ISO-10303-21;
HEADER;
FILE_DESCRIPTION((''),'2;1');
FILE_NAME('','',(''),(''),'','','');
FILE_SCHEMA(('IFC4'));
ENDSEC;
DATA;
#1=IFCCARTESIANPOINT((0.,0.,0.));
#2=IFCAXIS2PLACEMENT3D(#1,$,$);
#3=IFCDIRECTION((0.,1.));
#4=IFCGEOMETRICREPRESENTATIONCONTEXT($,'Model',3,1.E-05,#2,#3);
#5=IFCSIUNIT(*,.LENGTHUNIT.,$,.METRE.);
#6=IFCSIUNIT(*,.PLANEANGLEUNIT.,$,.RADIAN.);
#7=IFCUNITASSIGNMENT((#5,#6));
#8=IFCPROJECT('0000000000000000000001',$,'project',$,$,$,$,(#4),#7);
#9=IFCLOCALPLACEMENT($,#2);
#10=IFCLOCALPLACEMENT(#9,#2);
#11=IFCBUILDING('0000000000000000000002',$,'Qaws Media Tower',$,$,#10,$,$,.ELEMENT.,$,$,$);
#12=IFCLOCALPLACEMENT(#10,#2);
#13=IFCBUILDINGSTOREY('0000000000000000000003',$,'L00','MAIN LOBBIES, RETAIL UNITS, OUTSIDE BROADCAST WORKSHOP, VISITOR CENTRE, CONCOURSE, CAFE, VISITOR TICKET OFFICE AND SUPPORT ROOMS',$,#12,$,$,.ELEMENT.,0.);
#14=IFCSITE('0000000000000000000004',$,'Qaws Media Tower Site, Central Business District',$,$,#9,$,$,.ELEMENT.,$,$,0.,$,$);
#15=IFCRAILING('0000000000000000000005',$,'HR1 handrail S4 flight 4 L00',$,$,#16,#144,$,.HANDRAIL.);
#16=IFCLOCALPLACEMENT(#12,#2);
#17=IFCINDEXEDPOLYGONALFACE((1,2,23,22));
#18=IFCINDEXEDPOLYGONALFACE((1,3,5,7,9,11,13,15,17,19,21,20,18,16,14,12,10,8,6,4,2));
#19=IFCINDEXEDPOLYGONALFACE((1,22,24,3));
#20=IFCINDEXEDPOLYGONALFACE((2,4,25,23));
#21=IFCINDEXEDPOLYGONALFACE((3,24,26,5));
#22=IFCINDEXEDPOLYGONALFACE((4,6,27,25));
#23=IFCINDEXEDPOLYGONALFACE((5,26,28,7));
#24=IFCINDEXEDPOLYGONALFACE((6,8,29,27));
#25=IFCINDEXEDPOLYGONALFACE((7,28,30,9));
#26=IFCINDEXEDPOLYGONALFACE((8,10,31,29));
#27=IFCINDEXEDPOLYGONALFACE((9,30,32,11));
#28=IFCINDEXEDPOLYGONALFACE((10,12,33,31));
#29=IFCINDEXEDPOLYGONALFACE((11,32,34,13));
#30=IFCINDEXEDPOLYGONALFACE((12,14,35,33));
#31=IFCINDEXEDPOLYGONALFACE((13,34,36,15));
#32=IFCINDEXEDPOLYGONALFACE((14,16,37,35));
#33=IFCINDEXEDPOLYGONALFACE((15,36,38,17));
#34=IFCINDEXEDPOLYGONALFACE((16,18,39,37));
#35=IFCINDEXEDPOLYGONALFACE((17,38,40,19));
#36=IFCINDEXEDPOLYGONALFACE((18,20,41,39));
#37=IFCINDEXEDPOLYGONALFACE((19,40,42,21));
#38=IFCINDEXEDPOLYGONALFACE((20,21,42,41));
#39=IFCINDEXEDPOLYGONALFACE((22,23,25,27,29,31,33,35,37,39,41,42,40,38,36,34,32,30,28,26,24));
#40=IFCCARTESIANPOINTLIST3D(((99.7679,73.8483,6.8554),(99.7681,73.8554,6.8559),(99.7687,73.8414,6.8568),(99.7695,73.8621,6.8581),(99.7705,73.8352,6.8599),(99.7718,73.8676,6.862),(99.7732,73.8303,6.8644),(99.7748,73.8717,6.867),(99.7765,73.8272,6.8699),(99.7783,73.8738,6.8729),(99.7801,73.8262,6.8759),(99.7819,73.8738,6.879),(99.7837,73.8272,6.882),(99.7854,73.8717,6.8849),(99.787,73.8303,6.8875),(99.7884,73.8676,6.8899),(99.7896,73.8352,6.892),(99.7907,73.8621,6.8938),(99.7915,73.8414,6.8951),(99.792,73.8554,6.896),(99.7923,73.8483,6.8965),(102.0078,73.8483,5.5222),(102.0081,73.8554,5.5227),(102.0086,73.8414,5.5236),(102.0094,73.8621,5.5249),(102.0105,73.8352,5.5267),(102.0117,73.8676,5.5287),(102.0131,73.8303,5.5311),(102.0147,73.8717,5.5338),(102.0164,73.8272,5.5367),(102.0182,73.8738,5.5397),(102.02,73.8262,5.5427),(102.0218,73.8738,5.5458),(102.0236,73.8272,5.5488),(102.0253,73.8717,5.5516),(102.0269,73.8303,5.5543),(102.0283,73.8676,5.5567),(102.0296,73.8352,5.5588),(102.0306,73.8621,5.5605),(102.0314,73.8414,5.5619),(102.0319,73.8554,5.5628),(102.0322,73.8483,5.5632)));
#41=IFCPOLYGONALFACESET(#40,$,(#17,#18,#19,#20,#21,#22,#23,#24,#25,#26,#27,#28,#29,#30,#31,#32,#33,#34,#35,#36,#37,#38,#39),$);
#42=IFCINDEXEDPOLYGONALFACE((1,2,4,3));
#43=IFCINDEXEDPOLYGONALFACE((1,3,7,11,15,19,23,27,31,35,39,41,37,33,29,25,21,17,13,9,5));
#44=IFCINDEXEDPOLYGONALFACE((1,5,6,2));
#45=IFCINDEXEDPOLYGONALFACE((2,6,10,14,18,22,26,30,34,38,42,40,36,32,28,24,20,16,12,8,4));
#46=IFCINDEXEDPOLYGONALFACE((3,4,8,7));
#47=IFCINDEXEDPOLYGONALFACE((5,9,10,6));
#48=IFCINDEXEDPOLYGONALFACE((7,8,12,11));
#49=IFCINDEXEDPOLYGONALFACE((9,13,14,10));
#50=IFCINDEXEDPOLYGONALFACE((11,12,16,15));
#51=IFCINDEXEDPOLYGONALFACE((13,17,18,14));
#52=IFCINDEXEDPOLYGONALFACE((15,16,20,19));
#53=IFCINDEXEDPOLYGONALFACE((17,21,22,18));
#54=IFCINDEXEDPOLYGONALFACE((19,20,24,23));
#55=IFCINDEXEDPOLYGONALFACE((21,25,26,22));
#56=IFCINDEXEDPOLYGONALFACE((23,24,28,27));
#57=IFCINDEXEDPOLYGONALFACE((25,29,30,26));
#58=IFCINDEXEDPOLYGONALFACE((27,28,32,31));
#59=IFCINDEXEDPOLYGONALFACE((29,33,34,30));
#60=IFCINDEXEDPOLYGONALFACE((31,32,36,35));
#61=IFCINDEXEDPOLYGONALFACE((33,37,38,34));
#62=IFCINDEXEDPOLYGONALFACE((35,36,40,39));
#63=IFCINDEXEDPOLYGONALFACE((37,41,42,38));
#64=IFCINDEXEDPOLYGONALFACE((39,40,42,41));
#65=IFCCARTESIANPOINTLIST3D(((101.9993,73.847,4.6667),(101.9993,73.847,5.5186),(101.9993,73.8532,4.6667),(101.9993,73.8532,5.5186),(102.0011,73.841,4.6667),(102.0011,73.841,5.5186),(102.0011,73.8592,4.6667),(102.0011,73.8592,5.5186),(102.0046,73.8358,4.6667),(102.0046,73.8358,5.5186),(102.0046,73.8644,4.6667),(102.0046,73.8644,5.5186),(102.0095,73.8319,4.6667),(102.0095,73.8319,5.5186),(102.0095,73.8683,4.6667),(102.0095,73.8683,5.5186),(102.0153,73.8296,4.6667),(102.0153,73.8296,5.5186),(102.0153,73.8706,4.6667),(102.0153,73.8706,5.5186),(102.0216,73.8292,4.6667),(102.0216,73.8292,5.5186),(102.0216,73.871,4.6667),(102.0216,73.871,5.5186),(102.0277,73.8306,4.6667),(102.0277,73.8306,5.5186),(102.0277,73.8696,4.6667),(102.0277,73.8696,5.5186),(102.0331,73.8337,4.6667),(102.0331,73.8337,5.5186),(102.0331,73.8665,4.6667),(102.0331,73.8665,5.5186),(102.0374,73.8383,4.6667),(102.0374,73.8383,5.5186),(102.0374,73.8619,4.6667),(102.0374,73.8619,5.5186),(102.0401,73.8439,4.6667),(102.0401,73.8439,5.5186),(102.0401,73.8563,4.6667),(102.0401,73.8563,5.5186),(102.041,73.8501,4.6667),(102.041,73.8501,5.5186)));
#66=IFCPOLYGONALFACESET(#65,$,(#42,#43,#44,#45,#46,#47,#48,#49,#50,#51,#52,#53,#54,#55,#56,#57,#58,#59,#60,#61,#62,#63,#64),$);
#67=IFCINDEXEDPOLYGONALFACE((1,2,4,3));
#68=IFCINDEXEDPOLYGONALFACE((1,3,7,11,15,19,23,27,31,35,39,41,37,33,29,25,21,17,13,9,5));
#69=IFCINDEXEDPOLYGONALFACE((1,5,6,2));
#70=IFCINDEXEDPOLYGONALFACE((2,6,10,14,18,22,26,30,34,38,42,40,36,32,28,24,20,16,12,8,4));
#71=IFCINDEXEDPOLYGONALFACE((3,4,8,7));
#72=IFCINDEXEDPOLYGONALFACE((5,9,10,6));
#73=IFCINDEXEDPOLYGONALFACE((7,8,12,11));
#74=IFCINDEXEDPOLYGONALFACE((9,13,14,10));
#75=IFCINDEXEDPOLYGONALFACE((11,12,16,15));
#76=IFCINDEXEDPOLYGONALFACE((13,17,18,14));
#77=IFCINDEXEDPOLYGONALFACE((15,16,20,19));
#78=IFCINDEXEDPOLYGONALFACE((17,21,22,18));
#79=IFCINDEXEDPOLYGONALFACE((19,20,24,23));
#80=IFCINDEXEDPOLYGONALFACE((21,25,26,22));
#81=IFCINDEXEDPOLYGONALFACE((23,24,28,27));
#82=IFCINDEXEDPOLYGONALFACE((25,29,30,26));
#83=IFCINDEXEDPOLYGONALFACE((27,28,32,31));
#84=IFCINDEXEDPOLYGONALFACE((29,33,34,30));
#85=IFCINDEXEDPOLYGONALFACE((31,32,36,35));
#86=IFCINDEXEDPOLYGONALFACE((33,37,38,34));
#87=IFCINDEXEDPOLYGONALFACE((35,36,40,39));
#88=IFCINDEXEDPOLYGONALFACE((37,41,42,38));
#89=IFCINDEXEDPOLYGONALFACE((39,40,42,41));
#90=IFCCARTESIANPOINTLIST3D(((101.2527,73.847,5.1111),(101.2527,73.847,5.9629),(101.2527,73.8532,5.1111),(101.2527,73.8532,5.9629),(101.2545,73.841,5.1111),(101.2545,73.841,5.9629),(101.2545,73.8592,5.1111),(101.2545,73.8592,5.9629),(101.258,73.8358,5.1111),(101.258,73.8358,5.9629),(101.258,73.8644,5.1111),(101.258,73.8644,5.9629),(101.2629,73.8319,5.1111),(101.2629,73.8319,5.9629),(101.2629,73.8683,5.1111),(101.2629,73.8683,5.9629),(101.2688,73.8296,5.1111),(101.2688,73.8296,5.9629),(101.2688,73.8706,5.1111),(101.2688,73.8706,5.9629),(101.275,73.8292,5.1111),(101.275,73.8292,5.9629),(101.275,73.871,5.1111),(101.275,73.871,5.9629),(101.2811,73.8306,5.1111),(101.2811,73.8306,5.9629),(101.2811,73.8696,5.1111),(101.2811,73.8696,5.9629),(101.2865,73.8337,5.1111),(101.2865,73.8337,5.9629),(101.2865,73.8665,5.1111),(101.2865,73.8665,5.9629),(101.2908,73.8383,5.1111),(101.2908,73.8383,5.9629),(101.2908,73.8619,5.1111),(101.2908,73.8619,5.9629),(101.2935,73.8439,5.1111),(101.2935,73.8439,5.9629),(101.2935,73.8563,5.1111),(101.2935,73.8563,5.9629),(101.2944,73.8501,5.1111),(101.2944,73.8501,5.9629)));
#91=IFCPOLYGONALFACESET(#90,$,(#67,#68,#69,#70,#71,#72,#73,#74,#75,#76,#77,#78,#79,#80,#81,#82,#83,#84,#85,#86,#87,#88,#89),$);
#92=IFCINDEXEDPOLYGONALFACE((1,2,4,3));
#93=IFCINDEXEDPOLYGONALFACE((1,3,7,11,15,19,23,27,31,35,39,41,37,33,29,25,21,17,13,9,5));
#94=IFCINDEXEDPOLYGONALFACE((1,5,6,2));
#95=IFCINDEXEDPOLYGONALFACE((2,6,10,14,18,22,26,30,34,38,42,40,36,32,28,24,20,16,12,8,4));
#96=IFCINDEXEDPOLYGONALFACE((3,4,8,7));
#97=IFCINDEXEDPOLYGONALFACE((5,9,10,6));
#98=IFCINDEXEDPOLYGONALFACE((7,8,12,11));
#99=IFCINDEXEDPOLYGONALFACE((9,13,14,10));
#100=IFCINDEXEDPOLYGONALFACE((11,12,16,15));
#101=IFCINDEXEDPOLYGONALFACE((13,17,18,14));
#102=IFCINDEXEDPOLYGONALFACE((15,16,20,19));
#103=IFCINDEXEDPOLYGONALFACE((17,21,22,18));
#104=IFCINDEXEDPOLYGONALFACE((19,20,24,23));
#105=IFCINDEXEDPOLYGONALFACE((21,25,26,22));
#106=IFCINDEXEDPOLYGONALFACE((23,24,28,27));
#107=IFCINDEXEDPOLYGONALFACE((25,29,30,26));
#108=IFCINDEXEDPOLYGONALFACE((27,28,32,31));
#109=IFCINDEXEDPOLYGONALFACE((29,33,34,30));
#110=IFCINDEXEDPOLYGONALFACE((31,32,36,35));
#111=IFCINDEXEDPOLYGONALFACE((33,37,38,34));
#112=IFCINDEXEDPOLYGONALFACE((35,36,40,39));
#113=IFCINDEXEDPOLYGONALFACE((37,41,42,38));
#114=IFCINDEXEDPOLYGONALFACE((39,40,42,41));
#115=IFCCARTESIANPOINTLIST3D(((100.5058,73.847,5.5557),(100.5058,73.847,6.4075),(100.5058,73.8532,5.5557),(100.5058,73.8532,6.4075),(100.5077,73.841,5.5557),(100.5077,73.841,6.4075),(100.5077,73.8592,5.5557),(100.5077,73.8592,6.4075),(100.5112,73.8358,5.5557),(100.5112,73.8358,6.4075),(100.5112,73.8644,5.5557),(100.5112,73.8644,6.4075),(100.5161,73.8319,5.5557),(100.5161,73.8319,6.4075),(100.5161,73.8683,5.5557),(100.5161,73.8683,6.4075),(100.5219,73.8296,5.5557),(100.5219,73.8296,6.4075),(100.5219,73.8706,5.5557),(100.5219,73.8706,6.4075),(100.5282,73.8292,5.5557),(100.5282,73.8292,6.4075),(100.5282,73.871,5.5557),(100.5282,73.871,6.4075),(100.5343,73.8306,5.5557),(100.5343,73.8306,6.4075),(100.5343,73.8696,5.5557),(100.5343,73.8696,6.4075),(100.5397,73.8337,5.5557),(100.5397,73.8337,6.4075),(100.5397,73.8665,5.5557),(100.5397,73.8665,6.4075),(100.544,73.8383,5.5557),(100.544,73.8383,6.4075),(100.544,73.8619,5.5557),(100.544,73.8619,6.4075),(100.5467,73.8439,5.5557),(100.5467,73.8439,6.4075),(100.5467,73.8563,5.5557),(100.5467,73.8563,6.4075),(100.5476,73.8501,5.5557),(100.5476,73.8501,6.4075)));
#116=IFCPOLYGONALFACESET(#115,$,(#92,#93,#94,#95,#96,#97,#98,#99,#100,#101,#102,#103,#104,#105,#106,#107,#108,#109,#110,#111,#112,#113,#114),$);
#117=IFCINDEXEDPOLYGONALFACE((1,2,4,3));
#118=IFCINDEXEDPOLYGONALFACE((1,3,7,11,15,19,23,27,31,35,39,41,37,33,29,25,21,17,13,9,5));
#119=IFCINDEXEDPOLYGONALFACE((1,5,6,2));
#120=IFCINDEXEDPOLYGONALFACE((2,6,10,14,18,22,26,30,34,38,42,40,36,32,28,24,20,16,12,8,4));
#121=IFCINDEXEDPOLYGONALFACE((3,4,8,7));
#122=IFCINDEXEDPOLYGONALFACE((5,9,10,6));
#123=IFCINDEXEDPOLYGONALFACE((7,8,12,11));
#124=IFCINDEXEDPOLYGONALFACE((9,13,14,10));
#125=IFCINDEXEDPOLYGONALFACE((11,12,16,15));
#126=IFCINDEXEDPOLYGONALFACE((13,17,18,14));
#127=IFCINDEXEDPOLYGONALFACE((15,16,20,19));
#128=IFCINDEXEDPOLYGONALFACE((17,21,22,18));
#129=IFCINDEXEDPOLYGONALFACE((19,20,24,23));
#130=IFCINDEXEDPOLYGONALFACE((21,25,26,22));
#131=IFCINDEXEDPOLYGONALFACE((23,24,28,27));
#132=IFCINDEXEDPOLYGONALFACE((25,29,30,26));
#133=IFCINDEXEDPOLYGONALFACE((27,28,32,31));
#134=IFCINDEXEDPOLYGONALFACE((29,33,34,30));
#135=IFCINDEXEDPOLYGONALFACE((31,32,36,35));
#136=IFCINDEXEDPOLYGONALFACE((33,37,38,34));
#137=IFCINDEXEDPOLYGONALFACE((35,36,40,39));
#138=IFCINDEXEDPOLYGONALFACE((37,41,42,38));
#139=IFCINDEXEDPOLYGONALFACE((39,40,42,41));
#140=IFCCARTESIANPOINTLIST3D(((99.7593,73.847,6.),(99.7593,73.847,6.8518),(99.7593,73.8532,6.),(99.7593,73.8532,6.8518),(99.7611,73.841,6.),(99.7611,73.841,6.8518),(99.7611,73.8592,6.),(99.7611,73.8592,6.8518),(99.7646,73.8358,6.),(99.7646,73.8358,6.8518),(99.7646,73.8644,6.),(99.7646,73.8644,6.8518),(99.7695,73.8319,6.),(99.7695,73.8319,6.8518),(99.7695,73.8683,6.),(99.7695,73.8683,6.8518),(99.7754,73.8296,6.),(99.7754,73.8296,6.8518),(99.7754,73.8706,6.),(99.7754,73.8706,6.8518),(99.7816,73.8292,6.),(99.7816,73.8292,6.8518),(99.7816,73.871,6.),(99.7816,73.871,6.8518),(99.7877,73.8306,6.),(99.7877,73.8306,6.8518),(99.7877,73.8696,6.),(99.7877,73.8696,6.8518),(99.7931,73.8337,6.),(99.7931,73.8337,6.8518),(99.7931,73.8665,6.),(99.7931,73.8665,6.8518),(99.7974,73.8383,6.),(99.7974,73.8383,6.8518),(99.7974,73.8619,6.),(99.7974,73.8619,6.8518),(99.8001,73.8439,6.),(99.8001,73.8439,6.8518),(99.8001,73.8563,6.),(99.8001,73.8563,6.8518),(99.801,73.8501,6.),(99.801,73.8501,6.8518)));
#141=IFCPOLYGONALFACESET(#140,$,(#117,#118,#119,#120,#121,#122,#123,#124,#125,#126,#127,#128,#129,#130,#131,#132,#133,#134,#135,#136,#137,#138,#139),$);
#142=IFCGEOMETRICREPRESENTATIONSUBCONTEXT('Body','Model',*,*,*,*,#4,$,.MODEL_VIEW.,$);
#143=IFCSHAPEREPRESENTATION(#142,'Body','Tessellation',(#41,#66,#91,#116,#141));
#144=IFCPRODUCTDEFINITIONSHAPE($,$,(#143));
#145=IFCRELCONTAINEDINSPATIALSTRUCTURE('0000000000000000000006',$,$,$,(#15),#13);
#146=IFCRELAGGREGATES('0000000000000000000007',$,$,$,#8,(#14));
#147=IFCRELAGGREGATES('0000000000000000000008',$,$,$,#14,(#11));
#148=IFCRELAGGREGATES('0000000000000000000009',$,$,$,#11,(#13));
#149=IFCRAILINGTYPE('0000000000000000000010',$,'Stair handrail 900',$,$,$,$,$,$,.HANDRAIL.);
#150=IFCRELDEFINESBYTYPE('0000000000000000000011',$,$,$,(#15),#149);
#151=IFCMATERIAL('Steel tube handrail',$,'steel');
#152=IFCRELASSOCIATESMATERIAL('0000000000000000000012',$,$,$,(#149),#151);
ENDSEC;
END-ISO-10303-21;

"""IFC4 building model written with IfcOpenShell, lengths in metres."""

from ifc_helpers import new_model, si_unit, direction, frame, origin, origin_2d, place, context, subcontext, project, spatial, circle, extrude, material, type_object, element, save


model = new_model("IFC4")

# Units and contexts
model_context = context("Model", 3, precision=1e-05, world=origin(), true_north=direction((0.0, 1.0)))
body_context = subcontext(model_context, "Body", "Model", "MODEL_VIEW")
ifc_project = project(units=[si_unit("LENGTHUNIT", "METRE"), si_unit("PLANEANGLEUNIT", "RADIAN")], contexts=[model_context])

# Site, building, storey
site_placement = place(None, origin())
site = spatial("IfcSite", under=ifc_project, at=site_placement, Name="Qaws Media Tower Site, Central Business District", CompositionType="ELEMENT", RefElevation=0.0)
building_placement = place(site_placement, origin())
building = spatial("IfcBuilding", under=site, at=building_placement, Name="Qaws Media Tower", CompositionType="ELEMENT")
storey_placement = place(building_placement, origin())
storey = spatial("IfcBuildingStorey", under=building, at=storey_placement, Name="L00", Description="MAIN LOBBIES, RETAIL UNITS, OUTSIDE BROADCAST WORKSHOP, VISITOR CENTRE, CONCOURSE, CAFE, VISITOR TICKET OFFICE AND SUPPORT ROOMS", CompositionType="ELEMENT", Elevation=0.0)

# Railing
ifc_material_1 = material(Name="Steel tube handrail", Category="steel")
railing_type = type_object("IfcRailingType", Name="Stair handrail 900", PredefinedType="HANDRAIL", material=ifc_material_1)
for number, where, name in (
    (1, (102.02, 73.8501, 4.6667), "HR1 handrail S4 flight 4 L00"),
):
    element("IfcRailing", number, at=place(storey_placement, frame(where)), inside=storey, type_object=railing_type, Name=name, PredefinedType="HANDRAIL", context=body_context, shape_type="SweptSolid", body=[
        extrude(circle(Radius=0.0239, at=origin_2d()), frame((0.0, 0.0, 0.876), z_axis=(-0.859306, 0.0, 0.511462), x_axis=(0.0, -1.0, 0.0)), (0.0, 0.0, 1.0), 2.6067),
        extrude(circle(Radius=0.021, at=origin_2d()), origin(), (0.0, 0.0, 1.0), 0.8518),
        extrude(circle(Radius=0.021, at=origin_2d()), frame((-0.7466, 0.0, 0.4443)), (0.0, 0.0, 1.0), 0.8518),
        extrude(circle(Radius=0.021, at=origin_2d()), frame((-1.4934, 0.0, 0.8889)), (0.0, 0.0, 1.0), 0.8518),
        extrude(circle(Radius=0.021, at=origin_2d()), frame((-2.24, 0.0, 1.3333)), (0.0, 0.0, 1.0), 0.8518),
    ])

save(model, "model.ifc")
